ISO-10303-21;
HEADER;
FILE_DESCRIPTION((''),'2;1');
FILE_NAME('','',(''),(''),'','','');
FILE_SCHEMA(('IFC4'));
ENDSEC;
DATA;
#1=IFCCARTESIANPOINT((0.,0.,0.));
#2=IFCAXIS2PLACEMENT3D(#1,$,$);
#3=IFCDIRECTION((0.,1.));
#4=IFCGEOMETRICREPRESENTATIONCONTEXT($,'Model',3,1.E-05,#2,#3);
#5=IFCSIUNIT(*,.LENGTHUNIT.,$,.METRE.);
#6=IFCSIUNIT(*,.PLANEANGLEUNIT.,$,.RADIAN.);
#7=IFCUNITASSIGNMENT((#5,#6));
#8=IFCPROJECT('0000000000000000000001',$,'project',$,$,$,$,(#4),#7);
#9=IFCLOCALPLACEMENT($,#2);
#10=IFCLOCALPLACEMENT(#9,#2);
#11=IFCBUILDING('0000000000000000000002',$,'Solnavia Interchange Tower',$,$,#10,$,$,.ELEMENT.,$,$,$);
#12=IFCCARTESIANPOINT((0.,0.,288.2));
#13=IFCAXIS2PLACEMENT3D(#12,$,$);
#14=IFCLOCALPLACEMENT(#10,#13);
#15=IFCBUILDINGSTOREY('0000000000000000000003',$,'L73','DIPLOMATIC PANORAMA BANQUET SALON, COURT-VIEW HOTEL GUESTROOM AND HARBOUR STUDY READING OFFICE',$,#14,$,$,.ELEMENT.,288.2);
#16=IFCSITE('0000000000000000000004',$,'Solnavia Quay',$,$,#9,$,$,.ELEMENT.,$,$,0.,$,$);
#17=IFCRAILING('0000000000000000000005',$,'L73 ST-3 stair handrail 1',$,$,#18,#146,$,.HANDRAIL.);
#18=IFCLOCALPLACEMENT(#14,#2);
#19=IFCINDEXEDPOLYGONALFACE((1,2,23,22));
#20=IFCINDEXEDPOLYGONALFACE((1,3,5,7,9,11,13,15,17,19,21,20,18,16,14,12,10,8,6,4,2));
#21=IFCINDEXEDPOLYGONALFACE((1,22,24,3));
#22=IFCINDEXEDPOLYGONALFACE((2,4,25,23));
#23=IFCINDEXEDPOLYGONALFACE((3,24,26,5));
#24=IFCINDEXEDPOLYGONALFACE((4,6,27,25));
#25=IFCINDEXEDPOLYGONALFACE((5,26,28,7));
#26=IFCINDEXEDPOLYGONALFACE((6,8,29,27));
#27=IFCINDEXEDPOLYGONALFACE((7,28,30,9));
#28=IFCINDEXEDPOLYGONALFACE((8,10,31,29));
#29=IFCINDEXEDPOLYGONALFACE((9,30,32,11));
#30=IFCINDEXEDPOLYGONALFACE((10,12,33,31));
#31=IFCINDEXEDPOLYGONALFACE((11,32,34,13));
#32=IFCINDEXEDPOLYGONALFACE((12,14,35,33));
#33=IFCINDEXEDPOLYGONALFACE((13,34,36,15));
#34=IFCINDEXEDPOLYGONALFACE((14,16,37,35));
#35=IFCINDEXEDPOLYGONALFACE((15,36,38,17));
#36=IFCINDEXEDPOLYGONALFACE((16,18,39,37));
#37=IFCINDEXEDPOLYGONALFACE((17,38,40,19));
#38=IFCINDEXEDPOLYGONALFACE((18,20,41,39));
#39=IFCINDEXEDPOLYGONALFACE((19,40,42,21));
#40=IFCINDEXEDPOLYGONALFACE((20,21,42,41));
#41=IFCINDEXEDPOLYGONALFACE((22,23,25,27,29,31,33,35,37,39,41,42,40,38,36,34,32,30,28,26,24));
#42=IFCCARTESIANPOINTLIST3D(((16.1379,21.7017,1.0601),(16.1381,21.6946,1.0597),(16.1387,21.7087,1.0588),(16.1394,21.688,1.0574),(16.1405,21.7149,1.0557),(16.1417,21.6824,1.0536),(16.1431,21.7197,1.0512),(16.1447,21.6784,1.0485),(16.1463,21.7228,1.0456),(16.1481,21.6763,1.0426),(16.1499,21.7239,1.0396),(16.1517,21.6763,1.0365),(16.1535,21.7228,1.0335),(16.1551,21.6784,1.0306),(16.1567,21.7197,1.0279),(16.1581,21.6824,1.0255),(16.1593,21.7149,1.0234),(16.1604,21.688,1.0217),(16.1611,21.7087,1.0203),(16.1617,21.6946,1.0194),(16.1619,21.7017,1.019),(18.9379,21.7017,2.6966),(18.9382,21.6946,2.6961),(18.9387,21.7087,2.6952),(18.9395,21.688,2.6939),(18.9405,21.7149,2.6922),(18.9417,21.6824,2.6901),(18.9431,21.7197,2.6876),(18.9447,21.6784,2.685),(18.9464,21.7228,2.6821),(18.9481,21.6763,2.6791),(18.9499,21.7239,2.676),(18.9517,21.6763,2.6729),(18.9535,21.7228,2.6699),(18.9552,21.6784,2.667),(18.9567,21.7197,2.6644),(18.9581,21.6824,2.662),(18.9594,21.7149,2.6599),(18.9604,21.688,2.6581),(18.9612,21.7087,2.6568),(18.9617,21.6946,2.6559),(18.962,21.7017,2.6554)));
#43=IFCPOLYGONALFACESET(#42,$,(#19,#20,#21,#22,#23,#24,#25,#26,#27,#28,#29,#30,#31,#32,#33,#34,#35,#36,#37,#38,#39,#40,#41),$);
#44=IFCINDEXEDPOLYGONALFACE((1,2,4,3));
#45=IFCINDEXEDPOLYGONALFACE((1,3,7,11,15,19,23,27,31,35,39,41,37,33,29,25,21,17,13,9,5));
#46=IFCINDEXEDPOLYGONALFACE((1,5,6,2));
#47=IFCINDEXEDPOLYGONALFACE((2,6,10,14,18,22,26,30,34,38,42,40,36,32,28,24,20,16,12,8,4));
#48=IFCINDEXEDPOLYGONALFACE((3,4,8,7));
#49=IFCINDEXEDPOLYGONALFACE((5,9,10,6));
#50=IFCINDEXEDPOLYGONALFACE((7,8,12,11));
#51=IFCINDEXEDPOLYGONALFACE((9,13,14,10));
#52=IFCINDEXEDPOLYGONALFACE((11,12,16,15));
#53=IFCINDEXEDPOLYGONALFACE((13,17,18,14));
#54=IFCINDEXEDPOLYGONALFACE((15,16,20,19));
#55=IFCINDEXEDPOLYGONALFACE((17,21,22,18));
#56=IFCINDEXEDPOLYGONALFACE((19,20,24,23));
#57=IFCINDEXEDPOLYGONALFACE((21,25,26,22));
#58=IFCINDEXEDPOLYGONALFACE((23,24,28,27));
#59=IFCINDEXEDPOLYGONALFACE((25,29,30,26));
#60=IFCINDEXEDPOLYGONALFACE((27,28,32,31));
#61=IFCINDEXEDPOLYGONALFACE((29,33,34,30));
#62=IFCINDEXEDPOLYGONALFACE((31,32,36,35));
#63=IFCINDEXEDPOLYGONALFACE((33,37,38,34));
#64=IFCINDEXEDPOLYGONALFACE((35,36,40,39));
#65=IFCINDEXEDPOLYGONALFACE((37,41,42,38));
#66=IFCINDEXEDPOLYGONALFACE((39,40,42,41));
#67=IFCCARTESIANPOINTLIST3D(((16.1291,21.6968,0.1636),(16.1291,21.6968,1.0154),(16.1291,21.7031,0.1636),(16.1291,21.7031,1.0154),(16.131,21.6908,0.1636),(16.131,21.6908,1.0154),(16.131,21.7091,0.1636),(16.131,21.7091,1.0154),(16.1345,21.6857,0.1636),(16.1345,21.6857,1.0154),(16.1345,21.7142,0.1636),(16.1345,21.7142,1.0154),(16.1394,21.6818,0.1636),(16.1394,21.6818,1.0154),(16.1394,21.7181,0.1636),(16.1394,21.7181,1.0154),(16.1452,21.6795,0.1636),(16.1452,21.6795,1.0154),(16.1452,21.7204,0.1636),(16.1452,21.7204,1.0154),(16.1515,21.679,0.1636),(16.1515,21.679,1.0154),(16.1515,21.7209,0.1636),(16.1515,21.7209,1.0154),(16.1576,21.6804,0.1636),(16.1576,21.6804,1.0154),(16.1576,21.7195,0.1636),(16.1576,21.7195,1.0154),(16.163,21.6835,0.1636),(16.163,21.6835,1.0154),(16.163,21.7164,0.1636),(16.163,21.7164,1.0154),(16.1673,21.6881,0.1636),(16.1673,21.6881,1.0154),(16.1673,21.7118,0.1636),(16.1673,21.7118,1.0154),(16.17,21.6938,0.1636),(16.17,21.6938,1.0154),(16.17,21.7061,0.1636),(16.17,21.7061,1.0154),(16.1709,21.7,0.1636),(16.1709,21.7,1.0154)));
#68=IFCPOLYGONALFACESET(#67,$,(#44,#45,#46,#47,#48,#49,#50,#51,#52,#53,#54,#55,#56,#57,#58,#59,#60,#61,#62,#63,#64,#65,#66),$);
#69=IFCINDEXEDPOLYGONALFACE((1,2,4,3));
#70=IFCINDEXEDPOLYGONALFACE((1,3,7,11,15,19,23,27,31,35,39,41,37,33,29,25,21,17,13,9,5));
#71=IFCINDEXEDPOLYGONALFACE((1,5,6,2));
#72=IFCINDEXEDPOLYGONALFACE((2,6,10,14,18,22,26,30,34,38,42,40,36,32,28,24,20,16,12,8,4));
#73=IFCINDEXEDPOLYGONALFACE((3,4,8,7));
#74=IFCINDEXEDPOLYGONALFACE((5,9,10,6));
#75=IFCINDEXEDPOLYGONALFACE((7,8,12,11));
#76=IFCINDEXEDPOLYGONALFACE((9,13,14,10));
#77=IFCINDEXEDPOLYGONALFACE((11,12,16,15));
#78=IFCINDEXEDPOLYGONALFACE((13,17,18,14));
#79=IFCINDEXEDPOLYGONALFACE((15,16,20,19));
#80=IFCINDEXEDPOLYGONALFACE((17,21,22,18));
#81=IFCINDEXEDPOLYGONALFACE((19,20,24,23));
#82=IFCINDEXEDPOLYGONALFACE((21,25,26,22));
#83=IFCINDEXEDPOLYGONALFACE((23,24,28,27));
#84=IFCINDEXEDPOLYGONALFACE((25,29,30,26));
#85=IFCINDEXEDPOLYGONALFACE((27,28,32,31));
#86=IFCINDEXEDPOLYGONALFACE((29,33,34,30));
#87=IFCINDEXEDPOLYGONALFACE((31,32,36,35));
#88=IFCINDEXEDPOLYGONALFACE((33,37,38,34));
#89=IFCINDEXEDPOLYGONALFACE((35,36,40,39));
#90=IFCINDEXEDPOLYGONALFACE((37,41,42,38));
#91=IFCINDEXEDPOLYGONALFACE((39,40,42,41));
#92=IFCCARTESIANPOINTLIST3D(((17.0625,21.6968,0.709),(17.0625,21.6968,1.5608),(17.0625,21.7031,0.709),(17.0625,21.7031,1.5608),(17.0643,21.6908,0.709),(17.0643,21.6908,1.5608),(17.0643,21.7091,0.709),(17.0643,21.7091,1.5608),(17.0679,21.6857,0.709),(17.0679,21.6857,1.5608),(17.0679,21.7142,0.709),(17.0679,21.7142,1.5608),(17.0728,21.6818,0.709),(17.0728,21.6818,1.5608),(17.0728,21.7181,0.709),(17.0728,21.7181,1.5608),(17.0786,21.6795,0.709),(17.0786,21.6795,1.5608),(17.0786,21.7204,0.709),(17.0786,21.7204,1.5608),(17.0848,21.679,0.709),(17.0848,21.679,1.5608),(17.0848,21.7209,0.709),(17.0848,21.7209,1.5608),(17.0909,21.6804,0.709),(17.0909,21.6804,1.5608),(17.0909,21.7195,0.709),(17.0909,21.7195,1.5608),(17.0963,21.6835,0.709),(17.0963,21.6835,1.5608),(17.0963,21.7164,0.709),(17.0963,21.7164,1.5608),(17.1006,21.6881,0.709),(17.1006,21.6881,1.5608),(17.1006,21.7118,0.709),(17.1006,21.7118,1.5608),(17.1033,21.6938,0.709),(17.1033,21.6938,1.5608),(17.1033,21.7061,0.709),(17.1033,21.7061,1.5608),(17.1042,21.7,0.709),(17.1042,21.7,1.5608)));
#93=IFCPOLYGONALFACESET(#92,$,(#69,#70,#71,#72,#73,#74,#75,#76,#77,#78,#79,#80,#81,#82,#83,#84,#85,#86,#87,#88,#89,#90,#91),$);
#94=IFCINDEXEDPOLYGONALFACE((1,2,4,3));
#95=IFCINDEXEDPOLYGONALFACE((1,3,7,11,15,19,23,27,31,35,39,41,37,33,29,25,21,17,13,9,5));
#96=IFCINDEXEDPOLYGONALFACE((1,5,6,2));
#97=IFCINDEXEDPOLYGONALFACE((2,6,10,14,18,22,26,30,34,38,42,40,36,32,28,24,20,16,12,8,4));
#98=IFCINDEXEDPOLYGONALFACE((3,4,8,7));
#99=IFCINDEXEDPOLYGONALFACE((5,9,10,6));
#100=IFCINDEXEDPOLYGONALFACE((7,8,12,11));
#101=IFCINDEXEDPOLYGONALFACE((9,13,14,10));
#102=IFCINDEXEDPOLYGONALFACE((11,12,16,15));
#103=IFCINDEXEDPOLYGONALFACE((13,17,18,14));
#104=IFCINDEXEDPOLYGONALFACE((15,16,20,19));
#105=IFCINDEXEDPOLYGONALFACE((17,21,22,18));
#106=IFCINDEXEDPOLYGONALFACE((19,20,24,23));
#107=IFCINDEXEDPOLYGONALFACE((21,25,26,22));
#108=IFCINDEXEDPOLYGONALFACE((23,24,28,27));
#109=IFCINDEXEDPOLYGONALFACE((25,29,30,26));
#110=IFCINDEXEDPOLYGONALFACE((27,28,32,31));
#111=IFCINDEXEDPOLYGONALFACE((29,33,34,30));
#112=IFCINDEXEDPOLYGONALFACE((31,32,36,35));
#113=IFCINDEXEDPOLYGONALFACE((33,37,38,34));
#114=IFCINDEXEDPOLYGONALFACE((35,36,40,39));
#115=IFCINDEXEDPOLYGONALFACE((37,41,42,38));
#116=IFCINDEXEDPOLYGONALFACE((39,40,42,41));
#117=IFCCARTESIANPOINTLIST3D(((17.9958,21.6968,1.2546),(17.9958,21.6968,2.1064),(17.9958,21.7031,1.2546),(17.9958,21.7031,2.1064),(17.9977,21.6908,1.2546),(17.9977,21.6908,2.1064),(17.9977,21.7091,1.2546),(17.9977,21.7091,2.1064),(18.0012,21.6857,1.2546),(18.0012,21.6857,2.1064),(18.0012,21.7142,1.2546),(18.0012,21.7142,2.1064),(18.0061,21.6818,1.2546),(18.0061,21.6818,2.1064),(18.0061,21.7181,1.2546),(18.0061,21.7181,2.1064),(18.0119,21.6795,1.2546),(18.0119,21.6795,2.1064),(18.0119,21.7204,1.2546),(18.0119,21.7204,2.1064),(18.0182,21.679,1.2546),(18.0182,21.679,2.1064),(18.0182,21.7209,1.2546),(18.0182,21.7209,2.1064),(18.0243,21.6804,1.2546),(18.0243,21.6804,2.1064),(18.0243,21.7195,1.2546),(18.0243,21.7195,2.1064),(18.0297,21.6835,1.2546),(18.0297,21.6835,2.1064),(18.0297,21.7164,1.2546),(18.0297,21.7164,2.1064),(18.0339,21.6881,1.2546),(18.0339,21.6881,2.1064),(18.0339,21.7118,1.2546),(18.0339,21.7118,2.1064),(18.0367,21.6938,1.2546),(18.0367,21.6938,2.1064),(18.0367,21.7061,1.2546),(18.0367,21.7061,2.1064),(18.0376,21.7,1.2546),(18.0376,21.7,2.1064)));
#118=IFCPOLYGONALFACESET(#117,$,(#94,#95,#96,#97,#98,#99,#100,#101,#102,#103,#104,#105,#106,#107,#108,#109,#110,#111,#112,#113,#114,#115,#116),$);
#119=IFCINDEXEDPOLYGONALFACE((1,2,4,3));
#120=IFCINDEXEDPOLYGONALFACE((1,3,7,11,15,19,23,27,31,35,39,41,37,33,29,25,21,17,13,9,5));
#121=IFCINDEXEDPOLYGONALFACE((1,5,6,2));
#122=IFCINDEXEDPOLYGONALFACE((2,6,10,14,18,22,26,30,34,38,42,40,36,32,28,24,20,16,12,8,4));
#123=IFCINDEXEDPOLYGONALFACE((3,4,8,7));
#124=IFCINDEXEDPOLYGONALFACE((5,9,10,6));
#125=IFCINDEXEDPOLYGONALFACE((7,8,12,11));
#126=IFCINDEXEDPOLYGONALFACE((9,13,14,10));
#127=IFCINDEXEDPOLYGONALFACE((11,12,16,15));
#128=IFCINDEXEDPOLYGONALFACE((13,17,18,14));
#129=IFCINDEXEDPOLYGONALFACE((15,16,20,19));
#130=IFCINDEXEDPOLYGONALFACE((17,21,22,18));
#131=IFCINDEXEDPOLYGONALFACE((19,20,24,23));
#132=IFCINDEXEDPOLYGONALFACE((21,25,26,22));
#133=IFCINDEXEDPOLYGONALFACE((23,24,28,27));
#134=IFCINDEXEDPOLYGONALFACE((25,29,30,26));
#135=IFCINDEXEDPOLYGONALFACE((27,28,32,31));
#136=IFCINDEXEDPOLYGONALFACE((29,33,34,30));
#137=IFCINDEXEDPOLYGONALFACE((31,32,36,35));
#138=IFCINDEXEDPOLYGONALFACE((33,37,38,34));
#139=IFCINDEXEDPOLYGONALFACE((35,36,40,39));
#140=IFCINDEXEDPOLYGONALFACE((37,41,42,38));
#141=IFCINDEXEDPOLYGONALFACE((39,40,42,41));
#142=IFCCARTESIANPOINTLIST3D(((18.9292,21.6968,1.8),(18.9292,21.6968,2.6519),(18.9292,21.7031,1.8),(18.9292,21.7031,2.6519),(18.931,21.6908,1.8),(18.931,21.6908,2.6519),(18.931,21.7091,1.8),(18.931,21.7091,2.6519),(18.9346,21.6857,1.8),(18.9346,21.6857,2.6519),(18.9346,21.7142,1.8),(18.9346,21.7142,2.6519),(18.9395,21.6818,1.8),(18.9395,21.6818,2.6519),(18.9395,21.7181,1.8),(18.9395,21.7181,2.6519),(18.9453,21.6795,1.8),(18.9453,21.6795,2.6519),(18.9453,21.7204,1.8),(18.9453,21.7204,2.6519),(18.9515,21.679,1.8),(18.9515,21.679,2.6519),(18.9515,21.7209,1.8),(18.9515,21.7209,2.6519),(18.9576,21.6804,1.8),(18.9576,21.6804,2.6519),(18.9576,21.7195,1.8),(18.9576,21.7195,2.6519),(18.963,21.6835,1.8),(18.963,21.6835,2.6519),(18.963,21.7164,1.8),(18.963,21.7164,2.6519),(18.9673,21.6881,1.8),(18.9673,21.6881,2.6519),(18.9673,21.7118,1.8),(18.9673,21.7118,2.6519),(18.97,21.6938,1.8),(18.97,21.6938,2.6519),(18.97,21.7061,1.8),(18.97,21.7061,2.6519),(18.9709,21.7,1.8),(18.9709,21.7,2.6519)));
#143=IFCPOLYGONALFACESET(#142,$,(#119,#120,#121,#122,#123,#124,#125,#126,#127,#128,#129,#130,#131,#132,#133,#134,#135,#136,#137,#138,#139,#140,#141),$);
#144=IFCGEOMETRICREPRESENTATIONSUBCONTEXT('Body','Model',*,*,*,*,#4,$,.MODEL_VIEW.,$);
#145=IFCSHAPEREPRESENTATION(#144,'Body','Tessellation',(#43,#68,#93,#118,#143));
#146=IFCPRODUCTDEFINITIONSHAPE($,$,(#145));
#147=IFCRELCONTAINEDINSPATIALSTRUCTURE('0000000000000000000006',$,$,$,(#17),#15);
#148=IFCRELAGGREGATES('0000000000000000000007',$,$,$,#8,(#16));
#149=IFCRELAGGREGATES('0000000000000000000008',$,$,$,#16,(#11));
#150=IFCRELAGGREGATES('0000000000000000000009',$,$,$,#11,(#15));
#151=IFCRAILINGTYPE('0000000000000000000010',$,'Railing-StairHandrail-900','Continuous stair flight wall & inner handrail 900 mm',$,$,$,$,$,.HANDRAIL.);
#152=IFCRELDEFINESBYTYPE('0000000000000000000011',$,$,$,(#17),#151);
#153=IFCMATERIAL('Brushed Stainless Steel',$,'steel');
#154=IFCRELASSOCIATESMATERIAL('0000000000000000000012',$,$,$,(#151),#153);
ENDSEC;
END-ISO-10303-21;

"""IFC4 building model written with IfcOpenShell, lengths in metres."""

from ifc_helpers import new_model, si_unit, direction, frame, origin, origin_2d, place, context, subcontext, project, spatial, circle, extrude, material, type_object, element, save


model = new_model("IFC4")

# Units and contexts
model_context = context("Model", 3, precision=1e-05, world=origin(), true_north=direction((0.0, 1.0)))
body_context = subcontext(model_context, "Body", "Model", "MODEL_VIEW")
ifc_project = project(units=[si_unit("LENGTHUNIT", "METRE"), si_unit("PLANEANGLEUNIT", "RADIAN")], contexts=[model_context])

# Site, building, storey
site_placement = place(None, origin())
site = spatial("IfcSite", under=ifc_project, at=site_placement, Name="Solnavia Quay", CompositionType="ELEMENT", RefElevation=0.0)
building_placement = place(site_placement, origin())
building = spatial("IfcBuilding", under=site, at=building_placement, Name="Solnavia Interchange Tower", CompositionType="ELEMENT")
storey_placement = place(building_placement, frame((0.0, 0.0, 288.2)))
storey = spatial("IfcBuildingStorey", under=building, at=storey_placement, Name="L73", Description="DIPLOMATIC PANORAMA BANQUET SALON, COURT-VIEW HOTEL GUESTROOM AND HARBOUR STUDY READING OFFICE", CompositionType="ELEMENT", Elevation=288.2)

# Railing
ifc_material_1 = material(Name="Brushed Stainless Steel", Category="steel")
railing_type_1 = type_object("IfcRailingType", Name="Railing-StairHandrail-900", Description="Continuous stair flight wall & inner handrail 900 mm", PredefinedType="HANDRAIL", material=ifc_material_1)
railing_1_placement = place(storey_placement, frame((16.1499, 21.7, 0.1636)))
element("IfcRailing", 1, at=railing_1_placement, inside=storey, type_object=railing_type_1, Name="L73 ST-3 stair handrail 1", PredefinedType="HANDRAIL", context=body_context, shape_type="SweptSolid", body=[
    extrude(circle(Radius=0.0239, at=origin_2d()), frame((0.0, 0.0, 0.876), z_axis=(0.863361, 0.0, 0.504587), x_axis=(0.0, 1.0, 0.0)), (0.0, 0.0, 1.0), 3.2432),
    extrude(circle(Radius=0.021, at=origin_2d()), origin(), (0.0, 0.0, 1.0), 0.8518),
    extrude(circle(Radius=0.021, at=origin_2d()), frame((0.9333, 0.0, 0.5454)), (0.0, 0.0, 1.0), 0.8518),
    extrude(circle(Radius=0.021, at=origin_2d()), frame((1.8667, 0.0, 1.0911)), (0.0, 0.0, 1.0), 0.8518),
    extrude(circle(Radius=0.021, at=origin_2d()), frame((2.8, 0.0, 1.6365)), (0.0, 0.0, 1.0), 0.8518),
])

save(model, "model.ifc")
